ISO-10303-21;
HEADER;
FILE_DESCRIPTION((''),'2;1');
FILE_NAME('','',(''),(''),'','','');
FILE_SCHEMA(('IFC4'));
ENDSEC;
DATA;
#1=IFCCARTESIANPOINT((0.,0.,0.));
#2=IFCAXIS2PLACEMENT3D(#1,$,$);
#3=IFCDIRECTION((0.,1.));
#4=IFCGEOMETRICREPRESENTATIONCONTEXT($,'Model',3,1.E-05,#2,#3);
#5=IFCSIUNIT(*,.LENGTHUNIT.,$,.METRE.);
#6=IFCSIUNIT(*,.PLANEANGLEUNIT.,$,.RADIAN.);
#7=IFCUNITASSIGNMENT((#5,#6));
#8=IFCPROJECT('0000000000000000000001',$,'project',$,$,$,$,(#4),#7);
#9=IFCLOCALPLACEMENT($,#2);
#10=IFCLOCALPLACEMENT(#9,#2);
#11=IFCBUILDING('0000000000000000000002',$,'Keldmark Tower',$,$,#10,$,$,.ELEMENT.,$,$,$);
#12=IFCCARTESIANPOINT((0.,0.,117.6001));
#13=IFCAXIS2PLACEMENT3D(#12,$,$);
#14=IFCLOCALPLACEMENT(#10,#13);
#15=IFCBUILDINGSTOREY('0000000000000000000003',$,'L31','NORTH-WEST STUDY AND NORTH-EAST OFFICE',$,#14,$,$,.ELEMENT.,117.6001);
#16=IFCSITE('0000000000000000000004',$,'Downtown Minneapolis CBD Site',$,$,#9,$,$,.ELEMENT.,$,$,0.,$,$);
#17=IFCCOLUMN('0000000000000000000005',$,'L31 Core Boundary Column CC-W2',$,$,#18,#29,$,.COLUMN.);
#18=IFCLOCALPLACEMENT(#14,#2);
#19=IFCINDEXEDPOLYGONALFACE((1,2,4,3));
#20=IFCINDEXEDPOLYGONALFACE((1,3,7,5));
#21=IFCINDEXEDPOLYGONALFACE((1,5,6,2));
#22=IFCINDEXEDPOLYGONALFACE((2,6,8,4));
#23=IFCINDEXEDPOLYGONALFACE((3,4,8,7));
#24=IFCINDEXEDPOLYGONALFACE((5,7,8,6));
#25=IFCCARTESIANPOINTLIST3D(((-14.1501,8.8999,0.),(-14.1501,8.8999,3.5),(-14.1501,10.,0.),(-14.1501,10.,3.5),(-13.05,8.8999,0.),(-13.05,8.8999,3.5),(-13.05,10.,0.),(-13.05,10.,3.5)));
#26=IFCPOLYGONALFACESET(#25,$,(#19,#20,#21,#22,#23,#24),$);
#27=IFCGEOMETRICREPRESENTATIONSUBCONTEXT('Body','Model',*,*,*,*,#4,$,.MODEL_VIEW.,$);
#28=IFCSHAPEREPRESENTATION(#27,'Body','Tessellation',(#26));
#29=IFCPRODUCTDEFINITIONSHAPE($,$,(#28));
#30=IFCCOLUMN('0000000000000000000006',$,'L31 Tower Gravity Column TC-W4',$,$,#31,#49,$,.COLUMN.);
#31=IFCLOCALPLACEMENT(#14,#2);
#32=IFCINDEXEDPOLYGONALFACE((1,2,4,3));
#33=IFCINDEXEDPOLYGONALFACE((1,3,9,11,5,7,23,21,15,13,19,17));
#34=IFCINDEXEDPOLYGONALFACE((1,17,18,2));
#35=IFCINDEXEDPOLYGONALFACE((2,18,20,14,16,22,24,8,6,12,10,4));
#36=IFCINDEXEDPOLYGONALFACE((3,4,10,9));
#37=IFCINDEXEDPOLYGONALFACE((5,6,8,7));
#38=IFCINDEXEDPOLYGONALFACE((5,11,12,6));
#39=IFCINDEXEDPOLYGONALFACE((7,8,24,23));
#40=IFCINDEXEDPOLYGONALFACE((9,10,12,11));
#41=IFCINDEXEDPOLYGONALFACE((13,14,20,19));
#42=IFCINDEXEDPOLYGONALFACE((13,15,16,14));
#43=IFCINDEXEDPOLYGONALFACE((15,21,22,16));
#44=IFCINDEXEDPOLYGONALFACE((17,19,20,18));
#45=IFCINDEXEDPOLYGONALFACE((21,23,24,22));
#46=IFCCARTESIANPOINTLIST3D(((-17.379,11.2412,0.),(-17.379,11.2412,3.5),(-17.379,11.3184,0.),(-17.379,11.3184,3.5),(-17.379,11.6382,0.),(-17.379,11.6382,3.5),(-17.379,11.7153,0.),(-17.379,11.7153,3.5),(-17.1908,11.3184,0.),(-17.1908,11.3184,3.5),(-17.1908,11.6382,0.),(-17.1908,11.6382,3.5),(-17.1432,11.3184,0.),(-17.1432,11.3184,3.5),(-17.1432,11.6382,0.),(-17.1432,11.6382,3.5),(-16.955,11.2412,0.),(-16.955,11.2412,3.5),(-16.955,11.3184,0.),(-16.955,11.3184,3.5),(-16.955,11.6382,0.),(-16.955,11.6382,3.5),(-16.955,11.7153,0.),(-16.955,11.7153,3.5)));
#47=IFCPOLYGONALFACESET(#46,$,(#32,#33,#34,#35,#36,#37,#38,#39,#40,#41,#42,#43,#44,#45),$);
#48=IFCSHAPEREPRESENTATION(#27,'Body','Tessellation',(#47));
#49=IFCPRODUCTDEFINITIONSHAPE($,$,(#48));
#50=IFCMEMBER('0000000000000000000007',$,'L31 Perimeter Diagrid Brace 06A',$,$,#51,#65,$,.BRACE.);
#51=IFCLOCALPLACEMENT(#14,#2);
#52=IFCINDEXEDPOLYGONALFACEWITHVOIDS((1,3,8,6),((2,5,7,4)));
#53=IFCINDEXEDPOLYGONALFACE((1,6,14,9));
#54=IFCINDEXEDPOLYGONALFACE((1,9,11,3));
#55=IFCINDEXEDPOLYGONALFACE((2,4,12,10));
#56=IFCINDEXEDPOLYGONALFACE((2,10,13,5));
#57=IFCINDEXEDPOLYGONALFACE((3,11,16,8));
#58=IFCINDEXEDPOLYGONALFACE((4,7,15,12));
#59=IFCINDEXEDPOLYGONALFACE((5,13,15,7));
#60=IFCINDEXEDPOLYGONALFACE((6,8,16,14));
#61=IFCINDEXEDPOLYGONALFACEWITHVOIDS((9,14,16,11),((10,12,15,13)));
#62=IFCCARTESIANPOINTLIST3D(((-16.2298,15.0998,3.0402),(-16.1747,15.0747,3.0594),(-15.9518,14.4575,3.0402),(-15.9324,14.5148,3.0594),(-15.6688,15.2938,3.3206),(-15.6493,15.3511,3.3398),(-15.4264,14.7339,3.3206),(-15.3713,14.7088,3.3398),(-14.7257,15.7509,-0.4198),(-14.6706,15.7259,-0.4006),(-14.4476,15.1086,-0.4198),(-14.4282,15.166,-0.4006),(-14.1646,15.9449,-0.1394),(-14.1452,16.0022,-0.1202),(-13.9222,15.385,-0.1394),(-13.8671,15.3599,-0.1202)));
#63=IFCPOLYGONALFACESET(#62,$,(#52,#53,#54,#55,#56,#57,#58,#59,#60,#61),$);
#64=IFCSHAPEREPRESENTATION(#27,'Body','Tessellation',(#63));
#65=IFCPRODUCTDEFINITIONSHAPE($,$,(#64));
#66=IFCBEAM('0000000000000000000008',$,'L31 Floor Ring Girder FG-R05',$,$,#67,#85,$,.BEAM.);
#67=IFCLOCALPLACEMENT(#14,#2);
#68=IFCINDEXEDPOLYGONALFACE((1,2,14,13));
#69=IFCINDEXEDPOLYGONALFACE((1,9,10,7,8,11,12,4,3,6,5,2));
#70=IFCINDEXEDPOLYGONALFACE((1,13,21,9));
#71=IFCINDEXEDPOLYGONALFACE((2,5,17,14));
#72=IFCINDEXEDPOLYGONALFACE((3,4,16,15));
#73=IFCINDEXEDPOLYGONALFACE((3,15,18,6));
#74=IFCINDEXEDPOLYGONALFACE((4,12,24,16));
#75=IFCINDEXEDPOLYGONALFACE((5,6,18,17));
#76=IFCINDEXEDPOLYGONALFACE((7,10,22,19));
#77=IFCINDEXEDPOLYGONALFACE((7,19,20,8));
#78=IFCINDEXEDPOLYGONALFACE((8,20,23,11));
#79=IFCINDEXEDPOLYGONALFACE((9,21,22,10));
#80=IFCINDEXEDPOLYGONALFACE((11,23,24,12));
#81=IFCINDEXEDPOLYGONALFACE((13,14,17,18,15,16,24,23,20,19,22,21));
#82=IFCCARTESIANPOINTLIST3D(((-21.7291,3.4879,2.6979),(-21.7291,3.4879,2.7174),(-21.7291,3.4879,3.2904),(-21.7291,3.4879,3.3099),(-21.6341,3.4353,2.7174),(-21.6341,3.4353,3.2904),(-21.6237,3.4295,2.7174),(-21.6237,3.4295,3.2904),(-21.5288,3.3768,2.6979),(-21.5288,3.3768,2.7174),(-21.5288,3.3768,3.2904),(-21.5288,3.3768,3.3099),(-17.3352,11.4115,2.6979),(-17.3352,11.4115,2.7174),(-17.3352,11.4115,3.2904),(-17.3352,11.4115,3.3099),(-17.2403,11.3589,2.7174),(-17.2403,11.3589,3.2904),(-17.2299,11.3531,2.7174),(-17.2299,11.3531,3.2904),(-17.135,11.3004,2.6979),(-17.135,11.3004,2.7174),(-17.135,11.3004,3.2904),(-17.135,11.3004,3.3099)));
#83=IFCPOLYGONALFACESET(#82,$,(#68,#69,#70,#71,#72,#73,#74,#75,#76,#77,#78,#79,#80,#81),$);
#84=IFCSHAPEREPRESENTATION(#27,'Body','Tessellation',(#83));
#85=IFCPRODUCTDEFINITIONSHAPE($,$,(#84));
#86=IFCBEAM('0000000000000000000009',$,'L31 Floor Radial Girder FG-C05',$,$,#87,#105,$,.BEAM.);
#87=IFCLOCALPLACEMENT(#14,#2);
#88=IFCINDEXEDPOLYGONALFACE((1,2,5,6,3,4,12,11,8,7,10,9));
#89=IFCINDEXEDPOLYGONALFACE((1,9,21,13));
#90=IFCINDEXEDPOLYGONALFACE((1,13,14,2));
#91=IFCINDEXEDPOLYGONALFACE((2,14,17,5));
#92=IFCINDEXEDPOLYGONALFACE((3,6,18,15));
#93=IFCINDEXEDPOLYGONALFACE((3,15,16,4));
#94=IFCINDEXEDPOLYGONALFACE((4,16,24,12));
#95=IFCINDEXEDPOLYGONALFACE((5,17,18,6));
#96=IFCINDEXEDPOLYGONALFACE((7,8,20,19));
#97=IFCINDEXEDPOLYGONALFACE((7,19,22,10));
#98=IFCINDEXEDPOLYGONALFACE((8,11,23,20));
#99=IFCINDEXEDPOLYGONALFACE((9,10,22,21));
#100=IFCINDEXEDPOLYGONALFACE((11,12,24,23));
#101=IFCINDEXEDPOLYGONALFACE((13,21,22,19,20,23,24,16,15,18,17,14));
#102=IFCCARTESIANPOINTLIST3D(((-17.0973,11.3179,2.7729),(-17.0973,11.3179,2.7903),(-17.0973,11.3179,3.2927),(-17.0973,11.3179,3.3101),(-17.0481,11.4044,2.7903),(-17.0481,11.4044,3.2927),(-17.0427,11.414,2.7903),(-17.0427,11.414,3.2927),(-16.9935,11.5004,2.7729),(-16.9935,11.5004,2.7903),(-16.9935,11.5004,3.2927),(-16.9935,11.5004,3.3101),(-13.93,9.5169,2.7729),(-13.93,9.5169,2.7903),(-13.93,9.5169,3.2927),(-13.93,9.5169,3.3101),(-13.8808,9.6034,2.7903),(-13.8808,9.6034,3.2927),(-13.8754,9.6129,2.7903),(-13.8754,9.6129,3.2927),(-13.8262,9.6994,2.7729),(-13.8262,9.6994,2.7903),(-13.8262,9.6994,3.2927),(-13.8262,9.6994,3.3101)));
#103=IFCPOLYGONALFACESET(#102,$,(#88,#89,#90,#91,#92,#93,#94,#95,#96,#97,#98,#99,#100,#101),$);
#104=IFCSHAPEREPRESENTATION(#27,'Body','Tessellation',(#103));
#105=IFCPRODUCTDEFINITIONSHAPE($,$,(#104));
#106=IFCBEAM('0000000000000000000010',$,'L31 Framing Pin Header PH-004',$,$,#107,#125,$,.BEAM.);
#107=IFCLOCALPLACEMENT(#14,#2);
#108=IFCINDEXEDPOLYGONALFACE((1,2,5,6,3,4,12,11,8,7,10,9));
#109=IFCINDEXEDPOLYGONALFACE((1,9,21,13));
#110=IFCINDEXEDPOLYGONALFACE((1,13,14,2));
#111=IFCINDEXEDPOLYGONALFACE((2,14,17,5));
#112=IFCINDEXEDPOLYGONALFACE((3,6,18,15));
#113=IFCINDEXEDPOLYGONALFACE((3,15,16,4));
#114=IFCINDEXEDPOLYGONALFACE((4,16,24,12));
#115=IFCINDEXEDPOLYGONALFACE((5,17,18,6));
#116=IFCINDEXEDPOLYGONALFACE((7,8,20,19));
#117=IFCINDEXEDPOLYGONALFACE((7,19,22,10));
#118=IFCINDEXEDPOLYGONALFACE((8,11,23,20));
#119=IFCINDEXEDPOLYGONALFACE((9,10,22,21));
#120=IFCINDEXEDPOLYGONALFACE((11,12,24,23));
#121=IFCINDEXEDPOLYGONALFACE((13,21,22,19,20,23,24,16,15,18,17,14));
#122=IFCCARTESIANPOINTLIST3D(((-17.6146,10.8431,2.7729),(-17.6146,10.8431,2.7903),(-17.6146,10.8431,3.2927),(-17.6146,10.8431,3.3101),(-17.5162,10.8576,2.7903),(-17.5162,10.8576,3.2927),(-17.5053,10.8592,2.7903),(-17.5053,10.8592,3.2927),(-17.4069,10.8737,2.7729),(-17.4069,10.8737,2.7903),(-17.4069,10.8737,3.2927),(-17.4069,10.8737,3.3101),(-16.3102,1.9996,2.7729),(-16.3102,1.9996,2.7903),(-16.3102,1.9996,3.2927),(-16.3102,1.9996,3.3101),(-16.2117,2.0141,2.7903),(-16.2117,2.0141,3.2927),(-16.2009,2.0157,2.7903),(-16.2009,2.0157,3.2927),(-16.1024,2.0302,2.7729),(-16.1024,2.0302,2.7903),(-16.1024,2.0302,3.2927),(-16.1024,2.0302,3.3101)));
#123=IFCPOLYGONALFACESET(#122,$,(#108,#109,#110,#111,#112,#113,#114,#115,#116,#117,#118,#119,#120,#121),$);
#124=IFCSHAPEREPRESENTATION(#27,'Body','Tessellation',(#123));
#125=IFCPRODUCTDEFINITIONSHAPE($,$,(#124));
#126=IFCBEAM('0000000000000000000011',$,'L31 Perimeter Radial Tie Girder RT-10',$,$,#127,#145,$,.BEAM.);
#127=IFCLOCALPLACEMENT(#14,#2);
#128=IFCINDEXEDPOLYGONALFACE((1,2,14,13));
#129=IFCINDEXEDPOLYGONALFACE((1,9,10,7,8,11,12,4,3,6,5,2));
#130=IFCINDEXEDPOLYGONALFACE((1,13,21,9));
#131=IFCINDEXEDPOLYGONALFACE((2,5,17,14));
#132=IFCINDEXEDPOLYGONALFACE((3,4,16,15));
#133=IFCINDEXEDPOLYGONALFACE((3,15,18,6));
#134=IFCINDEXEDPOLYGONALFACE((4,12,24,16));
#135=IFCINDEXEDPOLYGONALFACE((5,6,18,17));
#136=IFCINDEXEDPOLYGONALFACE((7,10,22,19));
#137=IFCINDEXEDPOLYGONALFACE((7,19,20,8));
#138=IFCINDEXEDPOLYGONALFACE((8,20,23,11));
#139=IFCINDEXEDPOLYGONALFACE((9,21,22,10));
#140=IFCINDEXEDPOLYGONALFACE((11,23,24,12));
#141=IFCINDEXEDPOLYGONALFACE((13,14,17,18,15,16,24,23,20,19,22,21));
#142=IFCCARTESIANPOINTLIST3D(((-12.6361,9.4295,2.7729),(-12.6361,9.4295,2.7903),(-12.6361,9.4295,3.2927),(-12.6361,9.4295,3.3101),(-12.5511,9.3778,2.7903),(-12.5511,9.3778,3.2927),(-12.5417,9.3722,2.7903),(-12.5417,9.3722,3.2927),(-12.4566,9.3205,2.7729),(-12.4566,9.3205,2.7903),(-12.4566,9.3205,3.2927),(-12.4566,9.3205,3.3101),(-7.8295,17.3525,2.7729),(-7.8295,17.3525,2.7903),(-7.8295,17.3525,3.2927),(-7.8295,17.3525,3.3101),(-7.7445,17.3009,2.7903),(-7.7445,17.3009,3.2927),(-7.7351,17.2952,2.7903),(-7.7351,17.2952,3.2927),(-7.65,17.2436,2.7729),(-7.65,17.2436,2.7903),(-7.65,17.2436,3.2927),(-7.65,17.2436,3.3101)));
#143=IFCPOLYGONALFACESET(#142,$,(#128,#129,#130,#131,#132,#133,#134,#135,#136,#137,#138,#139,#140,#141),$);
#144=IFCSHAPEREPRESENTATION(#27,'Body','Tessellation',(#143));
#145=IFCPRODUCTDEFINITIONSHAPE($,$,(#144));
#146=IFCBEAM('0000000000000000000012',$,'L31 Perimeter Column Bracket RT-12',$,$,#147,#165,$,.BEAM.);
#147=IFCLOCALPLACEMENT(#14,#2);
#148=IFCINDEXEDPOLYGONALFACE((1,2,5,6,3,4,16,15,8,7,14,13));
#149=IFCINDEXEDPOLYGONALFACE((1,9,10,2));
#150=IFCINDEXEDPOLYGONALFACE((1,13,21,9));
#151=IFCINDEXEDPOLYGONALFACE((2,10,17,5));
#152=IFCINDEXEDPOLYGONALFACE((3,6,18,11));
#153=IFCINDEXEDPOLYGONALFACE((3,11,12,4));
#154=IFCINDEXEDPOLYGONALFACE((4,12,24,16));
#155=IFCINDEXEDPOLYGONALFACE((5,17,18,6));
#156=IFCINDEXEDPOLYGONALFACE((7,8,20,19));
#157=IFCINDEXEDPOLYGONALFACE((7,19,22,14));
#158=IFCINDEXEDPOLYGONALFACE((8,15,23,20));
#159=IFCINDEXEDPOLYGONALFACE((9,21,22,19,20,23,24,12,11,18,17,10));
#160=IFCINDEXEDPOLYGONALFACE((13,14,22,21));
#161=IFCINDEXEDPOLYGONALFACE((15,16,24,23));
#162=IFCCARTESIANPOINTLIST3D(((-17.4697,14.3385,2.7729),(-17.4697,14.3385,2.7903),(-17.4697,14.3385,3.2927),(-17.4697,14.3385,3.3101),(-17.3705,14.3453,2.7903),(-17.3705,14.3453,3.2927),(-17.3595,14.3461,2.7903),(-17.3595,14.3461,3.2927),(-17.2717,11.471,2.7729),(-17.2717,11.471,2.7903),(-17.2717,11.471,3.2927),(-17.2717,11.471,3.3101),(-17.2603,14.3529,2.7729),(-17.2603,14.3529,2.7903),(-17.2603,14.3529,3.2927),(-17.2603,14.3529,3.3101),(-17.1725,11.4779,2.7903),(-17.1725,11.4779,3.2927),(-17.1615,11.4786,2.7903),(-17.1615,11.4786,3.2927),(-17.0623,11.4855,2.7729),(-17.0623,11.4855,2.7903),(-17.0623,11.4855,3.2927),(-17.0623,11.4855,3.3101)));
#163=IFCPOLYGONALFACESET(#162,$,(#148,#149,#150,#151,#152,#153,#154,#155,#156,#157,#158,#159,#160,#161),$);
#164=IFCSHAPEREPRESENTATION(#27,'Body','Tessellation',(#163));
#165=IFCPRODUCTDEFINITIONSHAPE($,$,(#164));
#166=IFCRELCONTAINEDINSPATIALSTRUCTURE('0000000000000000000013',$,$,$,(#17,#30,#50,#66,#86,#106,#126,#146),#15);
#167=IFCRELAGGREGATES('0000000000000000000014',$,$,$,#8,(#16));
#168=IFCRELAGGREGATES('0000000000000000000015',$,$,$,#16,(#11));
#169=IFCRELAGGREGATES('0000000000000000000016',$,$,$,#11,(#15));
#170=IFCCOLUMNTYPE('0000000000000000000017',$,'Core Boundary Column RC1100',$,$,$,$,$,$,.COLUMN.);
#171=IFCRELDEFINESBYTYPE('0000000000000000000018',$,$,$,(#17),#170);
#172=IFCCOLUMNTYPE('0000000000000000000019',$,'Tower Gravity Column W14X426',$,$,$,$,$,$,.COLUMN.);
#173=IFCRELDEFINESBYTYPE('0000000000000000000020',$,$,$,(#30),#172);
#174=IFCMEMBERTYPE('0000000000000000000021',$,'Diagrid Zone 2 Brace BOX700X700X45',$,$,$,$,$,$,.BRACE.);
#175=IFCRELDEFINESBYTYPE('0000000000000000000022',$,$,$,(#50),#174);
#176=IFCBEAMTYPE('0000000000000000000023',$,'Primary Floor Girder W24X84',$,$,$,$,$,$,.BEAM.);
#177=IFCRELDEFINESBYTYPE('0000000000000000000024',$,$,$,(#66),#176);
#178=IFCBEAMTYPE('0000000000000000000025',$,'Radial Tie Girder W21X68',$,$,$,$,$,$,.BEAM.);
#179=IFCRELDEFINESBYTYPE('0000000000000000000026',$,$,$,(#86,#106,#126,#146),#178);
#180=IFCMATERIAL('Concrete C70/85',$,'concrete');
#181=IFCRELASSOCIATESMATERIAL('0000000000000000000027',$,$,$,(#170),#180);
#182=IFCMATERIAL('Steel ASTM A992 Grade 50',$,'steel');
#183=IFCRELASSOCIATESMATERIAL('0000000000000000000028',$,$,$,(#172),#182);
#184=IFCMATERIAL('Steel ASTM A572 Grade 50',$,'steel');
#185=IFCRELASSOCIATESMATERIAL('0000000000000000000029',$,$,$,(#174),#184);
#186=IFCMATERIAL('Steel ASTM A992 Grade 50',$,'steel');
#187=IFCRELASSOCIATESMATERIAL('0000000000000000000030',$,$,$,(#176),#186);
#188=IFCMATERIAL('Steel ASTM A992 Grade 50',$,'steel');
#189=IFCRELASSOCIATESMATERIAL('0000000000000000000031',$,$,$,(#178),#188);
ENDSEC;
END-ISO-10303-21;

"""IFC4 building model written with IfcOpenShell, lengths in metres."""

from ifc_helpers import new_model, si_unit, direction, frame, origin, origin_2d, place, context, subcontext, project, spatial, rectangle, hollow_rectangle, i_section, extrude, material, material_profile, profile_set, type_object, element, save


model = new_model("IFC4")

# Units and contexts
model_context = context("Model", 3, precision=1e-05, world=origin(), true_north=direction((0.0, 1.0)))
body_context = subcontext(model_context, "Body", "Model", "MODEL_VIEW")
ifc_project = project(units=[si_unit("LENGTHUNIT", "METRE"), si_unit("PLANEANGLEUNIT", "RADIAN")], contexts=[model_context])

# Site, building, storey
site_placement = place(None, origin())
site = spatial("IfcSite", under=ifc_project, at=site_placement, Name="Downtown Minneapolis CBD Site", CompositionType="ELEMENT", RefElevation=0.0)
building_placement = place(site_placement, origin())
building = spatial("IfcBuilding", under=site, at=building_placement, Name="Keldmark Tower", CompositionType="ELEMENT")
storey_placement = place(building_placement, frame((0.0, 0.0, 117.6001)))
storey = spatial("IfcBuildingStorey", under=building, at=storey_placement, Name="L31", Description="NORTH-WEST STUDY AND NORTH-EAST OFFICE", CompositionType="ELEMENT", Elevation=117.6001)

# Columns
ifc_material_1 = material(Name="Concrete C70/85", Category="concrete")
ifc_material_profile_1 = material_profile(ifc_material_1, rectangle(XDim=1.1001, YDim=1.1001, at=origin_2d()), Name="RC1100X1100")
ifc_profile_set_1 = profile_set([ifc_material_profile_1], Name="Concrete C70/85")
column_type_1 = type_object("IfcColumnType", Name="Core Boundary Column RC1100", PredefinedType="COLUMN", material=ifc_profile_set_1)
column_1_placement = place(storey_placement, frame((-13.6001, 9.45, 0.0), z_axis=(0.0, 0.0, 1.0), x_axis=(1.0, 0.0, 0.0)))
element("IfcColumn", 1, at=column_1_placement, inside=storey, type_object=column_type_1, Name="L31 Core Boundary Column CC-W2", PredefinedType="COLUMN", context=body_context, shape_type="SweptSolid", body=[
    extrude(rectangle(XDim=1.1001, YDim=1.1001, at=origin_2d()), origin(), (0.0, 0.0, 1.0), 3.5),
])
ifc_material_2 = material(Name="Steel ASTM A992 Grade 50", Category="steel")
ifc_material_profile_2 = material_profile(ifc_material_2, i_section(OverallWidth=0.4241, OverallDepth=0.4741, WebThickness=0.0476, FlangeThickness=0.0771, at=origin_2d()), Name="W14X426")
ifc_profile_set_2 = profile_set([ifc_material_profile_2], Name="Steel ASTM A992 Grade 50")
column_type_2 = type_object("IfcColumnType", Name="Tower Gravity Column W14X426", PredefinedType="COLUMN", material=ifc_profile_set_2)
column_2_placement = place(storey_placement, frame((-17.167, 11.4783, 0.0), z_axis=(0.0, 0.0, 1.0), x_axis=(1.0, 0.0, 0.0)))
element("IfcColumn", 2, at=column_2_placement, inside=storey, type_object=column_type_2, Name="L31 Tower Gravity Column TC-W4", PredefinedType="COLUMN", context=body_context, shape_type="SweptSolid", body=[
    extrude(i_section(OverallWidth=0.4241, OverallDepth=0.4741, WebThickness=0.0476, FlangeThickness=0.0771, at=origin_2d()), origin(), (0.0, 0.0, 1.0), 3.5),
])

# Member
ifc_material_3 = material(Name="Steel ASTM A572 Grade 50", Category="steel")
ifc_material_profile_3 = material_profile(ifc_material_3, hollow_rectangle(XDim=0.7, YDim=0.7, WallThickness=0.0449, at=origin_2d()), Name="BOX700X700X45")
ifc_profile_set_3 = profile_set([ifc_material_profile_3], Name="Steel ASTM A572 Grade 50")
member_type = type_object("IfcMemberType", Name="Diagrid Zone 2 Brace BOX700X700X45", PredefinedType="BRACE", material=ifc_profile_set_3)
member_placement = place(storey_placement, frame((-14.2964, 15.5554, -0.27), z_axis=(-0.392878, -0.170071, 0.903727), x_axis=(0.39726, -0.917706, 0.0)))
element("IfcMember", 3, at=member_placement, inside=storey, type_object=member_type, Name="L31 Perimeter Diagrid Brace 06A", PredefinedType="BRACE", context=body_context, shape_type="SweptSolid", body=[
    extrude(hollow_rectangle(XDim=0.7, YDim=0.7, WallThickness=0.0449, at=origin_2d()), origin(), (0.0, 0.0, 1.0), 3.8286),
])

# Beams
ifc_material_4 = material(Name="Steel ASTM A992 Grade 50", Category="steel")
ifc_material_profile_4 = material_profile(ifc_material_4, i_section(OverallWidth=0.229, OverallDepth=0.6121, WebThickness=0.012, FlangeThickness=0.0195, at=origin_2d()), Name="W24X84")
ifc_profile_set_4 = profile_set([ifc_material_profile_4], Name="Steel ASTM A992 Grade 50")
beam_type_1 = type_object("IfcBeamType", Name="Primary Floor Girder W24X84", PredefinedType="BEAM", material=ifc_profile_set_4)
beam_1_placement = place(storey_placement, frame((-17.2351, 11.356, 3.0039), z_axis=(-0.484952, -0.874541, 0.0), x_axis=(0.874541, -0.484952, 0.0)))
element("IfcBeam", 4, at=beam_1_placement, inside=storey, type_object=beam_type_1, Name="L31 Floor Ring Girder FG-R05", PredefinedType="BEAM", context=body_context, shape_type="SweptSolid", body=[
    extrude(i_section(OverallWidth=0.229, OverallDepth=0.6121, WebThickness=0.012, FlangeThickness=0.0195, at=origin_2d()), origin(), (0.0, 0.0, 1.0), 9.0603),
])
ifc_material_5 = material(Name="Steel ASTM A992 Grade 50", Category="steel")
ifc_material_profile_5 = material_profile(ifc_material_5, i_section(OverallWidth=0.21, OverallDepth=0.5371, WebThickness=0.011, FlangeThickness=0.0173, at=origin_2d()), Name="W21X68")
ifc_profile_set_5 = profile_set([ifc_material_profile_5], Name="Steel ASTM A992 Grade 50")
beam_type_2 = type_object("IfcBeamType", Name="Radial Tie Girder W21X68", PredefinedType="BEAM", material=ifc_profile_set_5)
beam_2_placement = place(storey_placement, frame((-17.0454, 11.4092, 3.0415), z_axis=(0.869284, -0.494312, 0.0), x_axis=(0.494312, 0.869284, 0.0)))
element("IfcBeam", 5, at=beam_2_placement, inside=storey, type_object=beam_type_2, Name="L31 Floor Radial Girder FG-C05", PredefinedType="BEAM", context=body_context, shape_type="SweptSolid", body=[
    extrude(i_section(OverallWidth=0.21, OverallDepth=0.5371, WebThickness=0.011, FlangeThickness=0.0173, at=origin_2d()), origin(), (0.0, 0.0, 1.0), 3.6436),
])
beam_3_placement = place(storey_placement, frame((-16.2063, 2.0149, 3.0415), z_axis=(-0.145924, 0.989296, 0.0), x_axis=(-0.989296, -0.145924, 0.0)))
element("IfcBeam", 6, at=beam_3_placement, inside=storey, type_object=beam_type_2, Name="L31 Framing Pin Header PH-004", PredefinedType="BEAM", context=body_context, shape_type="SweptSolid", body=[
    extrude(i_section(OverallWidth=0.21, OverallDepth=0.5371, WebThickness=0.011, FlangeThickness=0.0173, at=origin_2d()), origin(), (0.0, 0.0, 1.0), 8.9392),
])
beam_4_placement = place(storey_placement, frame((-12.5464, 9.375, 3.0415), z_axis=(0.518678, 0.85497, 0.0), x_axis=(-0.85497, 0.518678, 0.0)))
element("IfcBeam", 7, at=beam_4_placement, inside=storey, type_object=beam_type_2, Name="L31 Perimeter Radial Tie Girder RT-10", PredefinedType="BEAM", context=body_context, shape_type="SweptSolid", body=[
    extrude(i_section(OverallWidth=0.21, OverallDepth=0.5371, WebThickness=0.011, FlangeThickness=0.0173, at=origin_2d()), origin(), (0.0, 0.0, 1.0), 9.2671),
])
beam_5_placement = place(storey_placement, frame((-17.167, 11.4783, 3.0415), z_axis=(-0.068887, 0.997624, 0.0), x_axis=(-0.997624, -0.068887, 0.0)))
element("IfcBeam", 8, at=beam_5_placement, inside=storey, type_object=beam_type_2, Name="L31 Perimeter Column Bracket RT-12", PredefinedType="BEAM", context=body_context, shape_type="SweptSolid", body=[
    extrude(i_section(OverallWidth=0.21, OverallDepth=0.5371, WebThickness=0.011, FlangeThickness=0.0173, at=origin_2d()), origin(), (0.0, 0.0, 1.0), 2.8743),
])

save(model, "model.ifc")
